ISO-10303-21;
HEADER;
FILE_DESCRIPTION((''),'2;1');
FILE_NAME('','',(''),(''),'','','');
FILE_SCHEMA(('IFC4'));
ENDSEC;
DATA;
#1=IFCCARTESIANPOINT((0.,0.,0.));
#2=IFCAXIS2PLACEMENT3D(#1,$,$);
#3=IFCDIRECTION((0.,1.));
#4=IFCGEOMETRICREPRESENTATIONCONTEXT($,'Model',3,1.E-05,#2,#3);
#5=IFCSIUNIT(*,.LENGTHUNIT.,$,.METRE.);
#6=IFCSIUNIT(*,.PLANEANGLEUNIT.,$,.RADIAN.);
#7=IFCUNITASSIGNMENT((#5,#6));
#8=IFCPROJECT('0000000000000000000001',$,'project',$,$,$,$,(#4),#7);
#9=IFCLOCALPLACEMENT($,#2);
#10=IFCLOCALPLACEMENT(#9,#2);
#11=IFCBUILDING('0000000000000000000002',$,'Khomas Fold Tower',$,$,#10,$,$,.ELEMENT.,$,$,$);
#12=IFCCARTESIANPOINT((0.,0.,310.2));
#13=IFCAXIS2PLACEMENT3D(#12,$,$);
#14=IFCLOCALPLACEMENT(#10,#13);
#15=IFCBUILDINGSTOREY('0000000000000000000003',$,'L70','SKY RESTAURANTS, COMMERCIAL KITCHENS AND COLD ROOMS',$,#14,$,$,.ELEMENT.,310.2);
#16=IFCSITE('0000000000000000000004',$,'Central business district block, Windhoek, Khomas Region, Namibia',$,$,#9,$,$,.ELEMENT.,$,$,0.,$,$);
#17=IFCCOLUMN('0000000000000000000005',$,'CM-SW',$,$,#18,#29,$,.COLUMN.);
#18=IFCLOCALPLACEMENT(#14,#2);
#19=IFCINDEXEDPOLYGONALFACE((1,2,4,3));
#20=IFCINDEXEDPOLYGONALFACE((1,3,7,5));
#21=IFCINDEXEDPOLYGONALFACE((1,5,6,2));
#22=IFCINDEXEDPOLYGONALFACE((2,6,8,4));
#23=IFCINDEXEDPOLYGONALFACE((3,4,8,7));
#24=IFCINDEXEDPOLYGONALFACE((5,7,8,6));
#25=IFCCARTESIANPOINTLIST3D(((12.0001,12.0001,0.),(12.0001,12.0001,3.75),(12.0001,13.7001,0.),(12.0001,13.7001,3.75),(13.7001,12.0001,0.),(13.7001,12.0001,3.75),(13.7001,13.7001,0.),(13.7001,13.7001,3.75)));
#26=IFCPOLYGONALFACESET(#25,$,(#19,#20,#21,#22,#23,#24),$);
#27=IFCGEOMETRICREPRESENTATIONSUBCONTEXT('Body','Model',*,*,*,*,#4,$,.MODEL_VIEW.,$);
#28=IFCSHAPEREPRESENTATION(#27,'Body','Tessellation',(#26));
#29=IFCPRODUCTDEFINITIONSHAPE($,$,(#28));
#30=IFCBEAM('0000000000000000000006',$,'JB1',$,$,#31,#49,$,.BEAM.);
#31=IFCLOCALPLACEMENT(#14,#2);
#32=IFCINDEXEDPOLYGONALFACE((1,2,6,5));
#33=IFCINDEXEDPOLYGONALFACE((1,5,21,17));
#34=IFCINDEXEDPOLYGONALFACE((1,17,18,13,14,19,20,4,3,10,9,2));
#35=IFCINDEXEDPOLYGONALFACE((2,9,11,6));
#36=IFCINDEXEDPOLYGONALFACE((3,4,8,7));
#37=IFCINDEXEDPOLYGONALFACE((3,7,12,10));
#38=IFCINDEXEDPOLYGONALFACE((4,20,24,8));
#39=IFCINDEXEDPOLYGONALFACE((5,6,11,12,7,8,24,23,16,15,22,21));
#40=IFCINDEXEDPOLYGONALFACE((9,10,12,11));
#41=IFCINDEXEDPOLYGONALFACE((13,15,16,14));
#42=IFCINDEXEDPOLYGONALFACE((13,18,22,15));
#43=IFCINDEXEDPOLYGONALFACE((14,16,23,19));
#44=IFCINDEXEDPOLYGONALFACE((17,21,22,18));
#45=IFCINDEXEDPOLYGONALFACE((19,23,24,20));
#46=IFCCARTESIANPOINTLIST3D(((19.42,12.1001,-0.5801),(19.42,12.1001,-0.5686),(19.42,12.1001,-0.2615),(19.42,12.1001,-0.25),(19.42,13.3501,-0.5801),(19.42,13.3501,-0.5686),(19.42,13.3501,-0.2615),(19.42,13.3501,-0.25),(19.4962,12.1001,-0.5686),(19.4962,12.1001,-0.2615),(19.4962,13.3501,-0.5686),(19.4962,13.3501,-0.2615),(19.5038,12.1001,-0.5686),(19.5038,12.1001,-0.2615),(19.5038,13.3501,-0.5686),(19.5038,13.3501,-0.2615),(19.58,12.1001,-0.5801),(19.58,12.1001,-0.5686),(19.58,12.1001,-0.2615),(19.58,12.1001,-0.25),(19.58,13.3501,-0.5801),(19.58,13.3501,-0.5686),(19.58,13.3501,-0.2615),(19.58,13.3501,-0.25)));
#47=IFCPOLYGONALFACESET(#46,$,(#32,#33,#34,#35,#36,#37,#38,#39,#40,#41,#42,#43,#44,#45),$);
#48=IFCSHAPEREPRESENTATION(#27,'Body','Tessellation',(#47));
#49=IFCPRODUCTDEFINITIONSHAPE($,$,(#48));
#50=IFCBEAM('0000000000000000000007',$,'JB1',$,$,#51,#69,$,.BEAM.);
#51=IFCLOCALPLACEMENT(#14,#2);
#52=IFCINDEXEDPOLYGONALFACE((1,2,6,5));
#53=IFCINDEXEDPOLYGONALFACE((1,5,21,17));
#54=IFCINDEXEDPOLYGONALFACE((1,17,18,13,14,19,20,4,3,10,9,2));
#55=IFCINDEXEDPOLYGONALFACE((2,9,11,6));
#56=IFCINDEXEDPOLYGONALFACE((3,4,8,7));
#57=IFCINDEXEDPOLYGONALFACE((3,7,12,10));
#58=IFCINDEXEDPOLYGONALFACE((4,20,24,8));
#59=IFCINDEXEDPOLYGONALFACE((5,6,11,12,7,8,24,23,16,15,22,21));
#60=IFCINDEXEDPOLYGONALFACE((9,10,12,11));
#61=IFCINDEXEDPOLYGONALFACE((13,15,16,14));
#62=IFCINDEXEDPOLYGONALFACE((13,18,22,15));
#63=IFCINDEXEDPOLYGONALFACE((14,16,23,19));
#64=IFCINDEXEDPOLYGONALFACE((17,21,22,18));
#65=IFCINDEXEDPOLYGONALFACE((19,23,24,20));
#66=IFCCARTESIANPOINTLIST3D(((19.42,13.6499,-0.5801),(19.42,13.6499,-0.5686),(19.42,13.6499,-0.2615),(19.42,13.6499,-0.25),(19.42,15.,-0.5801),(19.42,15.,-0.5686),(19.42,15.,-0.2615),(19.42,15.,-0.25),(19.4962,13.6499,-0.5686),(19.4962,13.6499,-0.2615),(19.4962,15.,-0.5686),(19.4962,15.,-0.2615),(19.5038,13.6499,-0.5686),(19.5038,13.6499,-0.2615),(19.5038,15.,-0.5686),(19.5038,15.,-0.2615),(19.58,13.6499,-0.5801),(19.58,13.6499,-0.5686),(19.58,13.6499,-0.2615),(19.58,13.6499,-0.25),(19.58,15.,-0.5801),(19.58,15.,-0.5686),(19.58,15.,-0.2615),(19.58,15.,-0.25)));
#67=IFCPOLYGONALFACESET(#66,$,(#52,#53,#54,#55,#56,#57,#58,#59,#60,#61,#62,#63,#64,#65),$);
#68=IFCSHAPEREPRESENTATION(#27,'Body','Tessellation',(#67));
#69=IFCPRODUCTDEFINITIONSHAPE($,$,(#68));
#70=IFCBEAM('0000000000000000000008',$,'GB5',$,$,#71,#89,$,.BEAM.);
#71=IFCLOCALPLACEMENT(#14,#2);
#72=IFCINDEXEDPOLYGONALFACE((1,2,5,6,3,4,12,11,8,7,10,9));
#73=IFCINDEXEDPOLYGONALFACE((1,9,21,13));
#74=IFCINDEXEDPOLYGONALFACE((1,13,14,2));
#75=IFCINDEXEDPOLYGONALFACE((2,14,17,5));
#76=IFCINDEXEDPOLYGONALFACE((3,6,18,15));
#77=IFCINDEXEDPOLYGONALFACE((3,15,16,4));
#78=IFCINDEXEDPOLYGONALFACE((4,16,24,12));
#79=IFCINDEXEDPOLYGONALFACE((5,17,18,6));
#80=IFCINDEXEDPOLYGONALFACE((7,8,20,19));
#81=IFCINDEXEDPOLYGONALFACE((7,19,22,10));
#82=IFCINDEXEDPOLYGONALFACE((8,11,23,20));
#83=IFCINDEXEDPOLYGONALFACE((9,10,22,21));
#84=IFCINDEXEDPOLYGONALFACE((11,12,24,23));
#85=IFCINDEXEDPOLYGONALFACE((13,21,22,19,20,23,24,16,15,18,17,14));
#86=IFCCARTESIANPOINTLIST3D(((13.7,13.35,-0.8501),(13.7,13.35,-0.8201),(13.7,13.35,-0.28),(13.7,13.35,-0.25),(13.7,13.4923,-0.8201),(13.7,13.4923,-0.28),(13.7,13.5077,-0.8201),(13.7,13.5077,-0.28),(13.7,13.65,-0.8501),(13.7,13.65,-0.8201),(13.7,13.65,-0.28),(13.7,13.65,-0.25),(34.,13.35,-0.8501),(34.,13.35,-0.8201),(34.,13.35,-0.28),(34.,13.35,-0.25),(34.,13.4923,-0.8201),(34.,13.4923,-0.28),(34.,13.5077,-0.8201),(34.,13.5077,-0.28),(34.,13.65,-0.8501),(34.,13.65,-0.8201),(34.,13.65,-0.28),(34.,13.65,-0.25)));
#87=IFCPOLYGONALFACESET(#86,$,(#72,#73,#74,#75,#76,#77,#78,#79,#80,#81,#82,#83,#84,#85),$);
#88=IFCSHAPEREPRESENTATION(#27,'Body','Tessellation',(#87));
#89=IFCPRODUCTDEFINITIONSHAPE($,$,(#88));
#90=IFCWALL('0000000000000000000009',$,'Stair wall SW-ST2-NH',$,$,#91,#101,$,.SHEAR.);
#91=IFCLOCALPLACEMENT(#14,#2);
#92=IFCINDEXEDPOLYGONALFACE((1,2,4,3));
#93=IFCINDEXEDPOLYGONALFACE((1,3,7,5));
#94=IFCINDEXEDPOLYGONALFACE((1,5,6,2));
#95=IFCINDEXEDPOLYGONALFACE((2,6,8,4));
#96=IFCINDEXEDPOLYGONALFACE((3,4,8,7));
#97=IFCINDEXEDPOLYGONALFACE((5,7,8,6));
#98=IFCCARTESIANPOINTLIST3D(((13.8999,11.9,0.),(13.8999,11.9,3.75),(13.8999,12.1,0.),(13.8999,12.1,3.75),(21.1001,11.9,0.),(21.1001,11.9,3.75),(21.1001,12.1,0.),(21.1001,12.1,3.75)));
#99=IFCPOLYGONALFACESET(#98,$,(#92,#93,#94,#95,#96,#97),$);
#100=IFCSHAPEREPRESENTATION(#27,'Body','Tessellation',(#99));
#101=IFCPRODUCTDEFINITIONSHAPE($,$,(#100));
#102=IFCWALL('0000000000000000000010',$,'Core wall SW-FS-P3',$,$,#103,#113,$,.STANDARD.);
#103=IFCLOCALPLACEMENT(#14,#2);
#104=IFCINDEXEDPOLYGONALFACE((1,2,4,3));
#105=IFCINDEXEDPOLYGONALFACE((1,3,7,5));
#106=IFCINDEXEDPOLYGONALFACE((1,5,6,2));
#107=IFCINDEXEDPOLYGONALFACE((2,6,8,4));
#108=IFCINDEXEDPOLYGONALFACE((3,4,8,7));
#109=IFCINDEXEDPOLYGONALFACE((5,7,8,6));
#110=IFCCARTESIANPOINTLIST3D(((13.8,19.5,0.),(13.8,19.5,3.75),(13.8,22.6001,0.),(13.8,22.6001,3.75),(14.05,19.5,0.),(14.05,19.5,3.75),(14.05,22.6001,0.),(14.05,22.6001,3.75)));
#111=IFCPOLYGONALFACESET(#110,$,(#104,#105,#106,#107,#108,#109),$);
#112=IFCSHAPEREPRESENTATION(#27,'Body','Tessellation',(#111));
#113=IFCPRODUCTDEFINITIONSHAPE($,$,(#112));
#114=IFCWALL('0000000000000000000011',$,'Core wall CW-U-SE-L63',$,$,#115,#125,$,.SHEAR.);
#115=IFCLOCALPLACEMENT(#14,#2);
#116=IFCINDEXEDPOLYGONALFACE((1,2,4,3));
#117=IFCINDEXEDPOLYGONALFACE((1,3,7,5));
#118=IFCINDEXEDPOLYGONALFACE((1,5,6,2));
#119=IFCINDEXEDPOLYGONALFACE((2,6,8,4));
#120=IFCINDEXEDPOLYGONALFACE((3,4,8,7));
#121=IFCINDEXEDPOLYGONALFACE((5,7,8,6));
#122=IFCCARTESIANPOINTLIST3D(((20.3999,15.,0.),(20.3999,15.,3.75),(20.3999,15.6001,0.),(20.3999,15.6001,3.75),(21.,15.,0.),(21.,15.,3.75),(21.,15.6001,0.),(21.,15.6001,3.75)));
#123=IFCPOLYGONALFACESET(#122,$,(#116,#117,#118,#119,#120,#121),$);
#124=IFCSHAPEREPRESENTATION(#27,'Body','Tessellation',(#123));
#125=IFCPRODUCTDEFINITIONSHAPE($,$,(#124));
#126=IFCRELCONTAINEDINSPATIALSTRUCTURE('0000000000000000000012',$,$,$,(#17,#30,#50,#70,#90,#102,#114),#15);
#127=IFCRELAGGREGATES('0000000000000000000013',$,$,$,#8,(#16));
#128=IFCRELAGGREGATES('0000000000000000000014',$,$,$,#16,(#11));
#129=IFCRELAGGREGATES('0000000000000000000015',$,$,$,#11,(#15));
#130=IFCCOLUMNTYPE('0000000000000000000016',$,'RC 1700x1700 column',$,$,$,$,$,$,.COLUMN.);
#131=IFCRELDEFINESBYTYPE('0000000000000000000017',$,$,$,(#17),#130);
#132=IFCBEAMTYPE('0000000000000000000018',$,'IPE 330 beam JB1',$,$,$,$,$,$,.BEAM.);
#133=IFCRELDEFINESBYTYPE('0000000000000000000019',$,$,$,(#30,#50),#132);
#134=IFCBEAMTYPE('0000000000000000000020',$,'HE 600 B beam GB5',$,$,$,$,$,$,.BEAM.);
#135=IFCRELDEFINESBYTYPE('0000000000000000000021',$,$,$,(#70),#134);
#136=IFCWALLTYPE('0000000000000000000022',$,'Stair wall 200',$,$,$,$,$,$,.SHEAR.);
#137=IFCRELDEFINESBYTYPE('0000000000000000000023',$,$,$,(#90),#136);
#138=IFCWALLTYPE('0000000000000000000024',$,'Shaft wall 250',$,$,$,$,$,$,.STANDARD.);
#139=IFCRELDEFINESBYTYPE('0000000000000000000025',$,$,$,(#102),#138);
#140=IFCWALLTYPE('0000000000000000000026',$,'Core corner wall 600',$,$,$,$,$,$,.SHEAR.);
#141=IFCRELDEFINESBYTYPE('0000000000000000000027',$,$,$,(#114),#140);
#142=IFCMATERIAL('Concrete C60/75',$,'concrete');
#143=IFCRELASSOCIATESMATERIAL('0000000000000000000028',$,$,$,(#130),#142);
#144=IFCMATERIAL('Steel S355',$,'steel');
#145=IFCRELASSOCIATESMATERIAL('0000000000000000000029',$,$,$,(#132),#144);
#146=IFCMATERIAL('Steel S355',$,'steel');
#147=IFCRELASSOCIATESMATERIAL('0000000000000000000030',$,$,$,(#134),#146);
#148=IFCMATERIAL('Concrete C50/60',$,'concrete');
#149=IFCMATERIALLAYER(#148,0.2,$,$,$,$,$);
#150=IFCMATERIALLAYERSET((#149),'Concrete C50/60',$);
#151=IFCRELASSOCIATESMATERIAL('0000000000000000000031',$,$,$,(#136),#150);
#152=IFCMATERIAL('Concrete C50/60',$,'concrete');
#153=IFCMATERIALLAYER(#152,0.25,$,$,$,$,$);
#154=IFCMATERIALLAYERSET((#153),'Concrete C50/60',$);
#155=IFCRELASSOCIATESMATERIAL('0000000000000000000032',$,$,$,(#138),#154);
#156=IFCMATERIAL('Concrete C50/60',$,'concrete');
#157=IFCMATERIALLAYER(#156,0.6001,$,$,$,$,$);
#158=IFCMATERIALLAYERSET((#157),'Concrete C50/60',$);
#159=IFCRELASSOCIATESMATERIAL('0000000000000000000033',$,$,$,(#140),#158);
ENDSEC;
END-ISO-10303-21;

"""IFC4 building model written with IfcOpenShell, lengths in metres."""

from ifc_helpers import new_model, si_unit, direction, frame, frame_2d, origin, origin_2d, place, context, subcontext, project, spatial, rectangle, i_section, extrude, source, transform, mapped, material, layer, layer_set, material_profile, profile_set, type_object, element, save


model = new_model("IFC4")

# Units and contexts
model_context = context("Model", 3, precision=1e-05, world=origin(), true_north=direction((0.0, 1.0)))
body_context = subcontext(model_context, "Body", "Model", "MODEL_VIEW")
ifc_project = project(units=[si_unit("LENGTHUNIT", "METRE"), si_unit("PLANEANGLEUNIT", "RADIAN")], contexts=[model_context])

# Site, building, storey
site_placement = place(None, origin())
site = spatial("IfcSite", under=ifc_project, at=site_placement, Name="Central business district block, Windhoek, Khomas Region, Namibia", CompositionType="ELEMENT", RefElevation=0.0)
building_placement = place(site_placement, origin())
building = spatial("IfcBuilding", under=site, at=building_placement, Name="Khomas Fold Tower", CompositionType="ELEMENT")
storey_placement = place(building_placement, frame((0.0, 0.0, 310.2)))
storey = spatial("IfcBuildingStorey", under=building, at=storey_placement, Name="L70", Description="SKY RESTAURANTS, COMMERCIAL KITCHENS AND COLD ROOMS", CompositionType="ELEMENT", Elevation=310.2)

# Column
ifc_material_1 = material(Name="Concrete C60/75", Category="concrete")
ifc_material_profile_1 = material_profile(ifc_material_1, rectangle(XDim=1.7, YDim=1.7, at=origin_2d()), Name="RC 1700x1700")
ifc_profile_set_1 = profile_set([ifc_material_profile_1], Name="Concrete C60/75")
column_type = type_object("IfcColumnType", Name="RC 1700x1700 column", PredefinedType="COLUMN", material=ifc_profile_set_1)
shared_shape_1 = source(origin(), body_context, "Body", "SweptSolid", [
    extrude(rectangle(XDim=1.7, YDim=1.7, at=origin_2d()), origin(), (0.0, 0.0, 1.0), 3.75),
])
column_placement = place(storey_placement, frame((12.8501, 12.8501, 0.0), z_axis=(0.0, 0.0, 1.0), x_axis=(1.0, 0.0, 0.0)))
element("IfcColumn", 1, at=column_placement, inside=storey, type_object=column_type, Name="CM-SW", PredefinedType="COLUMN", context=body_context, shape_type="MappedRepresentation", body=[
    mapped(shared_shape_1, transform((0.0, 0.0, 0.0))),
])

# Beams
ifc_material_2 = material(Name="Steel S355", Category="steel")
ifc_material_profile_2 = material_profile(ifc_material_2, i_section(OverallWidth=0.1599, OverallDepth=0.3301, WebThickness=0.0076, FlangeThickness=0.0115, at=origin_2d()), Name="IPE 330")
ifc_profile_set_2 = profile_set([ifc_material_profile_2], Name="Steel S355")
beam_type_1 = type_object("IfcBeamType", Name="IPE 330 beam JB1", PredefinedType="BEAM", material=ifc_profile_set_2)
shared_shape_2 = source(origin(), body_context, "Body", "SweptSolid", [
    extrude(i_section(OverallWidth=0.1599, OverallDepth=0.3301, WebThickness=0.0076, FlangeThickness=0.0115, at=origin_2d()), origin(), (0.0, 0.0, 1.0), 1.25),
])
beam_1_placement = place(storey_placement, frame((19.5, 12.1001, -0.415), z_axis=(0.0, 1.0, 0.0), x_axis=(-1.0, 0.0, 0.0)))
element("IfcBeam", 2, at=beam_1_placement, inside=storey, type_object=beam_type_1, Name="JB1", PredefinedType="BEAM", context=body_context, shape_type="MappedRepresentation", body=[
    mapped(shared_shape_2, transform((0.0, 0.0, 0.0))),
])
shared_shape_3 = source(origin(), body_context, "Body", "SweptSolid", [
    extrude(i_section(OverallWidth=0.1599, OverallDepth=0.3301, WebThickness=0.0076, FlangeThickness=0.0115, at=origin_2d()), origin(), (0.0, 0.0, 1.0), 1.3501),
])
beam_2_placement = place(storey_placement, frame((19.5, 13.6499, -0.415), z_axis=(0.0, 1.0, 0.0), x_axis=(-1.0, 0.0, 0.0)))
element("IfcBeam", 3, at=beam_2_placement, inside=storey, type_object=beam_type_1, Name="JB1", PredefinedType="BEAM", context=body_context, shape_type="MappedRepresentation", body=[
    mapped(shared_shape_3, transform((0.0, 0.0, 0.0))),
])
ifc_material_3 = material(Name="Steel S355", Category="steel")
ifc_material_profile_3 = material_profile(ifc_material_3, i_section(OverallWidth=0.3, OverallDepth=0.6001, WebThickness=0.0154, FlangeThickness=0.03, at=origin_2d()), Name="HE 600 B")
ifc_profile_set_3 = profile_set([ifc_material_profile_3], Name="Steel S355")
beam_type_2 = type_object("IfcBeamType", Name="HE 600 B beam GB5", PredefinedType="BEAM", material=ifc_profile_set_3)
shared_shape_4 = source(origin(), body_context, "Body", "SweptSolid", [
    extrude(i_section(OverallWidth=0.3, OverallDepth=0.6001, WebThickness=0.0154, FlangeThickness=0.03, at=origin_2d()), origin(), (0.0, 0.0, 1.0), 20.3),
])
beam_3_placement = place(storey_placement, frame((13.7, 13.5, -0.55), z_axis=(1.0, 0.0, 0.0), x_axis=(0.0, 1.0, 0.0)))
element("IfcBeam", 4, at=beam_3_placement, inside=storey, type_object=beam_type_2, Name="GB5", PredefinedType="BEAM", context=body_context, shape_type="MappedRepresentation", body=[
    mapped(shared_shape_4, transform((0.0, 0.0, 0.0))),
])

# Walls
ifc_material_4 = material(Name="Concrete C50/60", Category="concrete")
ifc_layer_1 = layer(ifc_material_4, 0.2)
ifc_layer_set_1 = layer_set([ifc_layer_1], Name="Concrete C50/60")
wall_type_1 = type_object("IfcWallType", Name="Stair wall 200", PredefinedType="SHEAR", material=ifc_layer_set_1)
shared_shape_5 = source(origin(), body_context, "Body", "SweptSolid", [
    extrude(rectangle(XDim=7.2002, YDim=0.2, at=frame_2d((3.6001, 0.0))), origin(), (0.0, 0.0, 1.0), 3.75),
])
wall_1_placement = place(storey_placement, frame((13.8999, 12.0, 0.0), z_axis=(0.0, 0.0, 1.0), x_axis=(1.0, 0.0, 0.0)))
element("IfcWall", 5, at=wall_1_placement, inside=storey, type_object=wall_type_1, Name="Stair wall SW-ST2-NH", PredefinedType="SHEAR", context=body_context, shape_type="MappedRepresentation", body=[
    mapped(shared_shape_5, transform((0.0, 0.0, 0.0))),
])
ifc_material_5 = material(Name="Concrete C50/60", Category="concrete")
ifc_layer_2 = layer(ifc_material_5, 0.25)
ifc_layer_set_2 = layer_set([ifc_layer_2], Name="Concrete C50/60")
wall_type_2 = type_object("IfcWallType", Name="Shaft wall 250", PredefinedType="STANDARD", material=ifc_layer_set_2)
shared_shape_6 = source(origin(), body_context, "Body", "SweptSolid", [
    extrude(rectangle(XDim=3.1001, YDim=0.25, at=frame_2d((1.55, 0.0))), origin(), (0.0, 0.0, 1.0), 3.75),
])
wall_2_placement = place(storey_placement, frame((13.925, 19.5, 0.0), z_axis=(0.0, 0.0, 1.0), x_axis=(0.0, 1.0, 0.0)))
element("IfcWall", 6, at=wall_2_placement, inside=storey, type_object=wall_type_2, Name="Core wall SW-FS-P3", PredefinedType="STANDARD", context=body_context, shape_type="MappedRepresentation", body=[
    mapped(shared_shape_6, transform((0.0, 0.0, 0.0))),
])
ifc_material_6 = material(Name="Concrete C50/60", Category="concrete")
ifc_layer_3 = layer(ifc_material_6, 0.6001)
ifc_layer_set_3 = layer_set([ifc_layer_3], Name="Concrete C50/60")
wall_type_3 = type_object("IfcWallType", Name="Core corner wall 600", PredefinedType="SHEAR", material=ifc_layer_set_3)
shared_shape_7 = source(origin(), body_context, "Body", "SweptSolid", [
    extrude(rectangle(XDim=0.6001, YDim=0.6001, at=frame_2d((0.3, 0.0))), origin(), (0.0, 0.0, 1.0), 3.75),
])
wall_3_placement = place(storey_placement, frame((20.3999, 15.3, 0.0), z_axis=(0.0, 0.0, 1.0), x_axis=(1.0, 0.0, 0.0)))
element("IfcWall", 7, at=wall_3_placement, inside=storey, type_object=wall_type_3, Name="Core wall CW-U-SE-L63", PredefinedType="SHEAR", context=body_context, shape_type="MappedRepresentation", body=[
    mapped(shared_shape_7, transform((0.0, 0.0, 0.0))),
])

save(model, "model.ifc")
